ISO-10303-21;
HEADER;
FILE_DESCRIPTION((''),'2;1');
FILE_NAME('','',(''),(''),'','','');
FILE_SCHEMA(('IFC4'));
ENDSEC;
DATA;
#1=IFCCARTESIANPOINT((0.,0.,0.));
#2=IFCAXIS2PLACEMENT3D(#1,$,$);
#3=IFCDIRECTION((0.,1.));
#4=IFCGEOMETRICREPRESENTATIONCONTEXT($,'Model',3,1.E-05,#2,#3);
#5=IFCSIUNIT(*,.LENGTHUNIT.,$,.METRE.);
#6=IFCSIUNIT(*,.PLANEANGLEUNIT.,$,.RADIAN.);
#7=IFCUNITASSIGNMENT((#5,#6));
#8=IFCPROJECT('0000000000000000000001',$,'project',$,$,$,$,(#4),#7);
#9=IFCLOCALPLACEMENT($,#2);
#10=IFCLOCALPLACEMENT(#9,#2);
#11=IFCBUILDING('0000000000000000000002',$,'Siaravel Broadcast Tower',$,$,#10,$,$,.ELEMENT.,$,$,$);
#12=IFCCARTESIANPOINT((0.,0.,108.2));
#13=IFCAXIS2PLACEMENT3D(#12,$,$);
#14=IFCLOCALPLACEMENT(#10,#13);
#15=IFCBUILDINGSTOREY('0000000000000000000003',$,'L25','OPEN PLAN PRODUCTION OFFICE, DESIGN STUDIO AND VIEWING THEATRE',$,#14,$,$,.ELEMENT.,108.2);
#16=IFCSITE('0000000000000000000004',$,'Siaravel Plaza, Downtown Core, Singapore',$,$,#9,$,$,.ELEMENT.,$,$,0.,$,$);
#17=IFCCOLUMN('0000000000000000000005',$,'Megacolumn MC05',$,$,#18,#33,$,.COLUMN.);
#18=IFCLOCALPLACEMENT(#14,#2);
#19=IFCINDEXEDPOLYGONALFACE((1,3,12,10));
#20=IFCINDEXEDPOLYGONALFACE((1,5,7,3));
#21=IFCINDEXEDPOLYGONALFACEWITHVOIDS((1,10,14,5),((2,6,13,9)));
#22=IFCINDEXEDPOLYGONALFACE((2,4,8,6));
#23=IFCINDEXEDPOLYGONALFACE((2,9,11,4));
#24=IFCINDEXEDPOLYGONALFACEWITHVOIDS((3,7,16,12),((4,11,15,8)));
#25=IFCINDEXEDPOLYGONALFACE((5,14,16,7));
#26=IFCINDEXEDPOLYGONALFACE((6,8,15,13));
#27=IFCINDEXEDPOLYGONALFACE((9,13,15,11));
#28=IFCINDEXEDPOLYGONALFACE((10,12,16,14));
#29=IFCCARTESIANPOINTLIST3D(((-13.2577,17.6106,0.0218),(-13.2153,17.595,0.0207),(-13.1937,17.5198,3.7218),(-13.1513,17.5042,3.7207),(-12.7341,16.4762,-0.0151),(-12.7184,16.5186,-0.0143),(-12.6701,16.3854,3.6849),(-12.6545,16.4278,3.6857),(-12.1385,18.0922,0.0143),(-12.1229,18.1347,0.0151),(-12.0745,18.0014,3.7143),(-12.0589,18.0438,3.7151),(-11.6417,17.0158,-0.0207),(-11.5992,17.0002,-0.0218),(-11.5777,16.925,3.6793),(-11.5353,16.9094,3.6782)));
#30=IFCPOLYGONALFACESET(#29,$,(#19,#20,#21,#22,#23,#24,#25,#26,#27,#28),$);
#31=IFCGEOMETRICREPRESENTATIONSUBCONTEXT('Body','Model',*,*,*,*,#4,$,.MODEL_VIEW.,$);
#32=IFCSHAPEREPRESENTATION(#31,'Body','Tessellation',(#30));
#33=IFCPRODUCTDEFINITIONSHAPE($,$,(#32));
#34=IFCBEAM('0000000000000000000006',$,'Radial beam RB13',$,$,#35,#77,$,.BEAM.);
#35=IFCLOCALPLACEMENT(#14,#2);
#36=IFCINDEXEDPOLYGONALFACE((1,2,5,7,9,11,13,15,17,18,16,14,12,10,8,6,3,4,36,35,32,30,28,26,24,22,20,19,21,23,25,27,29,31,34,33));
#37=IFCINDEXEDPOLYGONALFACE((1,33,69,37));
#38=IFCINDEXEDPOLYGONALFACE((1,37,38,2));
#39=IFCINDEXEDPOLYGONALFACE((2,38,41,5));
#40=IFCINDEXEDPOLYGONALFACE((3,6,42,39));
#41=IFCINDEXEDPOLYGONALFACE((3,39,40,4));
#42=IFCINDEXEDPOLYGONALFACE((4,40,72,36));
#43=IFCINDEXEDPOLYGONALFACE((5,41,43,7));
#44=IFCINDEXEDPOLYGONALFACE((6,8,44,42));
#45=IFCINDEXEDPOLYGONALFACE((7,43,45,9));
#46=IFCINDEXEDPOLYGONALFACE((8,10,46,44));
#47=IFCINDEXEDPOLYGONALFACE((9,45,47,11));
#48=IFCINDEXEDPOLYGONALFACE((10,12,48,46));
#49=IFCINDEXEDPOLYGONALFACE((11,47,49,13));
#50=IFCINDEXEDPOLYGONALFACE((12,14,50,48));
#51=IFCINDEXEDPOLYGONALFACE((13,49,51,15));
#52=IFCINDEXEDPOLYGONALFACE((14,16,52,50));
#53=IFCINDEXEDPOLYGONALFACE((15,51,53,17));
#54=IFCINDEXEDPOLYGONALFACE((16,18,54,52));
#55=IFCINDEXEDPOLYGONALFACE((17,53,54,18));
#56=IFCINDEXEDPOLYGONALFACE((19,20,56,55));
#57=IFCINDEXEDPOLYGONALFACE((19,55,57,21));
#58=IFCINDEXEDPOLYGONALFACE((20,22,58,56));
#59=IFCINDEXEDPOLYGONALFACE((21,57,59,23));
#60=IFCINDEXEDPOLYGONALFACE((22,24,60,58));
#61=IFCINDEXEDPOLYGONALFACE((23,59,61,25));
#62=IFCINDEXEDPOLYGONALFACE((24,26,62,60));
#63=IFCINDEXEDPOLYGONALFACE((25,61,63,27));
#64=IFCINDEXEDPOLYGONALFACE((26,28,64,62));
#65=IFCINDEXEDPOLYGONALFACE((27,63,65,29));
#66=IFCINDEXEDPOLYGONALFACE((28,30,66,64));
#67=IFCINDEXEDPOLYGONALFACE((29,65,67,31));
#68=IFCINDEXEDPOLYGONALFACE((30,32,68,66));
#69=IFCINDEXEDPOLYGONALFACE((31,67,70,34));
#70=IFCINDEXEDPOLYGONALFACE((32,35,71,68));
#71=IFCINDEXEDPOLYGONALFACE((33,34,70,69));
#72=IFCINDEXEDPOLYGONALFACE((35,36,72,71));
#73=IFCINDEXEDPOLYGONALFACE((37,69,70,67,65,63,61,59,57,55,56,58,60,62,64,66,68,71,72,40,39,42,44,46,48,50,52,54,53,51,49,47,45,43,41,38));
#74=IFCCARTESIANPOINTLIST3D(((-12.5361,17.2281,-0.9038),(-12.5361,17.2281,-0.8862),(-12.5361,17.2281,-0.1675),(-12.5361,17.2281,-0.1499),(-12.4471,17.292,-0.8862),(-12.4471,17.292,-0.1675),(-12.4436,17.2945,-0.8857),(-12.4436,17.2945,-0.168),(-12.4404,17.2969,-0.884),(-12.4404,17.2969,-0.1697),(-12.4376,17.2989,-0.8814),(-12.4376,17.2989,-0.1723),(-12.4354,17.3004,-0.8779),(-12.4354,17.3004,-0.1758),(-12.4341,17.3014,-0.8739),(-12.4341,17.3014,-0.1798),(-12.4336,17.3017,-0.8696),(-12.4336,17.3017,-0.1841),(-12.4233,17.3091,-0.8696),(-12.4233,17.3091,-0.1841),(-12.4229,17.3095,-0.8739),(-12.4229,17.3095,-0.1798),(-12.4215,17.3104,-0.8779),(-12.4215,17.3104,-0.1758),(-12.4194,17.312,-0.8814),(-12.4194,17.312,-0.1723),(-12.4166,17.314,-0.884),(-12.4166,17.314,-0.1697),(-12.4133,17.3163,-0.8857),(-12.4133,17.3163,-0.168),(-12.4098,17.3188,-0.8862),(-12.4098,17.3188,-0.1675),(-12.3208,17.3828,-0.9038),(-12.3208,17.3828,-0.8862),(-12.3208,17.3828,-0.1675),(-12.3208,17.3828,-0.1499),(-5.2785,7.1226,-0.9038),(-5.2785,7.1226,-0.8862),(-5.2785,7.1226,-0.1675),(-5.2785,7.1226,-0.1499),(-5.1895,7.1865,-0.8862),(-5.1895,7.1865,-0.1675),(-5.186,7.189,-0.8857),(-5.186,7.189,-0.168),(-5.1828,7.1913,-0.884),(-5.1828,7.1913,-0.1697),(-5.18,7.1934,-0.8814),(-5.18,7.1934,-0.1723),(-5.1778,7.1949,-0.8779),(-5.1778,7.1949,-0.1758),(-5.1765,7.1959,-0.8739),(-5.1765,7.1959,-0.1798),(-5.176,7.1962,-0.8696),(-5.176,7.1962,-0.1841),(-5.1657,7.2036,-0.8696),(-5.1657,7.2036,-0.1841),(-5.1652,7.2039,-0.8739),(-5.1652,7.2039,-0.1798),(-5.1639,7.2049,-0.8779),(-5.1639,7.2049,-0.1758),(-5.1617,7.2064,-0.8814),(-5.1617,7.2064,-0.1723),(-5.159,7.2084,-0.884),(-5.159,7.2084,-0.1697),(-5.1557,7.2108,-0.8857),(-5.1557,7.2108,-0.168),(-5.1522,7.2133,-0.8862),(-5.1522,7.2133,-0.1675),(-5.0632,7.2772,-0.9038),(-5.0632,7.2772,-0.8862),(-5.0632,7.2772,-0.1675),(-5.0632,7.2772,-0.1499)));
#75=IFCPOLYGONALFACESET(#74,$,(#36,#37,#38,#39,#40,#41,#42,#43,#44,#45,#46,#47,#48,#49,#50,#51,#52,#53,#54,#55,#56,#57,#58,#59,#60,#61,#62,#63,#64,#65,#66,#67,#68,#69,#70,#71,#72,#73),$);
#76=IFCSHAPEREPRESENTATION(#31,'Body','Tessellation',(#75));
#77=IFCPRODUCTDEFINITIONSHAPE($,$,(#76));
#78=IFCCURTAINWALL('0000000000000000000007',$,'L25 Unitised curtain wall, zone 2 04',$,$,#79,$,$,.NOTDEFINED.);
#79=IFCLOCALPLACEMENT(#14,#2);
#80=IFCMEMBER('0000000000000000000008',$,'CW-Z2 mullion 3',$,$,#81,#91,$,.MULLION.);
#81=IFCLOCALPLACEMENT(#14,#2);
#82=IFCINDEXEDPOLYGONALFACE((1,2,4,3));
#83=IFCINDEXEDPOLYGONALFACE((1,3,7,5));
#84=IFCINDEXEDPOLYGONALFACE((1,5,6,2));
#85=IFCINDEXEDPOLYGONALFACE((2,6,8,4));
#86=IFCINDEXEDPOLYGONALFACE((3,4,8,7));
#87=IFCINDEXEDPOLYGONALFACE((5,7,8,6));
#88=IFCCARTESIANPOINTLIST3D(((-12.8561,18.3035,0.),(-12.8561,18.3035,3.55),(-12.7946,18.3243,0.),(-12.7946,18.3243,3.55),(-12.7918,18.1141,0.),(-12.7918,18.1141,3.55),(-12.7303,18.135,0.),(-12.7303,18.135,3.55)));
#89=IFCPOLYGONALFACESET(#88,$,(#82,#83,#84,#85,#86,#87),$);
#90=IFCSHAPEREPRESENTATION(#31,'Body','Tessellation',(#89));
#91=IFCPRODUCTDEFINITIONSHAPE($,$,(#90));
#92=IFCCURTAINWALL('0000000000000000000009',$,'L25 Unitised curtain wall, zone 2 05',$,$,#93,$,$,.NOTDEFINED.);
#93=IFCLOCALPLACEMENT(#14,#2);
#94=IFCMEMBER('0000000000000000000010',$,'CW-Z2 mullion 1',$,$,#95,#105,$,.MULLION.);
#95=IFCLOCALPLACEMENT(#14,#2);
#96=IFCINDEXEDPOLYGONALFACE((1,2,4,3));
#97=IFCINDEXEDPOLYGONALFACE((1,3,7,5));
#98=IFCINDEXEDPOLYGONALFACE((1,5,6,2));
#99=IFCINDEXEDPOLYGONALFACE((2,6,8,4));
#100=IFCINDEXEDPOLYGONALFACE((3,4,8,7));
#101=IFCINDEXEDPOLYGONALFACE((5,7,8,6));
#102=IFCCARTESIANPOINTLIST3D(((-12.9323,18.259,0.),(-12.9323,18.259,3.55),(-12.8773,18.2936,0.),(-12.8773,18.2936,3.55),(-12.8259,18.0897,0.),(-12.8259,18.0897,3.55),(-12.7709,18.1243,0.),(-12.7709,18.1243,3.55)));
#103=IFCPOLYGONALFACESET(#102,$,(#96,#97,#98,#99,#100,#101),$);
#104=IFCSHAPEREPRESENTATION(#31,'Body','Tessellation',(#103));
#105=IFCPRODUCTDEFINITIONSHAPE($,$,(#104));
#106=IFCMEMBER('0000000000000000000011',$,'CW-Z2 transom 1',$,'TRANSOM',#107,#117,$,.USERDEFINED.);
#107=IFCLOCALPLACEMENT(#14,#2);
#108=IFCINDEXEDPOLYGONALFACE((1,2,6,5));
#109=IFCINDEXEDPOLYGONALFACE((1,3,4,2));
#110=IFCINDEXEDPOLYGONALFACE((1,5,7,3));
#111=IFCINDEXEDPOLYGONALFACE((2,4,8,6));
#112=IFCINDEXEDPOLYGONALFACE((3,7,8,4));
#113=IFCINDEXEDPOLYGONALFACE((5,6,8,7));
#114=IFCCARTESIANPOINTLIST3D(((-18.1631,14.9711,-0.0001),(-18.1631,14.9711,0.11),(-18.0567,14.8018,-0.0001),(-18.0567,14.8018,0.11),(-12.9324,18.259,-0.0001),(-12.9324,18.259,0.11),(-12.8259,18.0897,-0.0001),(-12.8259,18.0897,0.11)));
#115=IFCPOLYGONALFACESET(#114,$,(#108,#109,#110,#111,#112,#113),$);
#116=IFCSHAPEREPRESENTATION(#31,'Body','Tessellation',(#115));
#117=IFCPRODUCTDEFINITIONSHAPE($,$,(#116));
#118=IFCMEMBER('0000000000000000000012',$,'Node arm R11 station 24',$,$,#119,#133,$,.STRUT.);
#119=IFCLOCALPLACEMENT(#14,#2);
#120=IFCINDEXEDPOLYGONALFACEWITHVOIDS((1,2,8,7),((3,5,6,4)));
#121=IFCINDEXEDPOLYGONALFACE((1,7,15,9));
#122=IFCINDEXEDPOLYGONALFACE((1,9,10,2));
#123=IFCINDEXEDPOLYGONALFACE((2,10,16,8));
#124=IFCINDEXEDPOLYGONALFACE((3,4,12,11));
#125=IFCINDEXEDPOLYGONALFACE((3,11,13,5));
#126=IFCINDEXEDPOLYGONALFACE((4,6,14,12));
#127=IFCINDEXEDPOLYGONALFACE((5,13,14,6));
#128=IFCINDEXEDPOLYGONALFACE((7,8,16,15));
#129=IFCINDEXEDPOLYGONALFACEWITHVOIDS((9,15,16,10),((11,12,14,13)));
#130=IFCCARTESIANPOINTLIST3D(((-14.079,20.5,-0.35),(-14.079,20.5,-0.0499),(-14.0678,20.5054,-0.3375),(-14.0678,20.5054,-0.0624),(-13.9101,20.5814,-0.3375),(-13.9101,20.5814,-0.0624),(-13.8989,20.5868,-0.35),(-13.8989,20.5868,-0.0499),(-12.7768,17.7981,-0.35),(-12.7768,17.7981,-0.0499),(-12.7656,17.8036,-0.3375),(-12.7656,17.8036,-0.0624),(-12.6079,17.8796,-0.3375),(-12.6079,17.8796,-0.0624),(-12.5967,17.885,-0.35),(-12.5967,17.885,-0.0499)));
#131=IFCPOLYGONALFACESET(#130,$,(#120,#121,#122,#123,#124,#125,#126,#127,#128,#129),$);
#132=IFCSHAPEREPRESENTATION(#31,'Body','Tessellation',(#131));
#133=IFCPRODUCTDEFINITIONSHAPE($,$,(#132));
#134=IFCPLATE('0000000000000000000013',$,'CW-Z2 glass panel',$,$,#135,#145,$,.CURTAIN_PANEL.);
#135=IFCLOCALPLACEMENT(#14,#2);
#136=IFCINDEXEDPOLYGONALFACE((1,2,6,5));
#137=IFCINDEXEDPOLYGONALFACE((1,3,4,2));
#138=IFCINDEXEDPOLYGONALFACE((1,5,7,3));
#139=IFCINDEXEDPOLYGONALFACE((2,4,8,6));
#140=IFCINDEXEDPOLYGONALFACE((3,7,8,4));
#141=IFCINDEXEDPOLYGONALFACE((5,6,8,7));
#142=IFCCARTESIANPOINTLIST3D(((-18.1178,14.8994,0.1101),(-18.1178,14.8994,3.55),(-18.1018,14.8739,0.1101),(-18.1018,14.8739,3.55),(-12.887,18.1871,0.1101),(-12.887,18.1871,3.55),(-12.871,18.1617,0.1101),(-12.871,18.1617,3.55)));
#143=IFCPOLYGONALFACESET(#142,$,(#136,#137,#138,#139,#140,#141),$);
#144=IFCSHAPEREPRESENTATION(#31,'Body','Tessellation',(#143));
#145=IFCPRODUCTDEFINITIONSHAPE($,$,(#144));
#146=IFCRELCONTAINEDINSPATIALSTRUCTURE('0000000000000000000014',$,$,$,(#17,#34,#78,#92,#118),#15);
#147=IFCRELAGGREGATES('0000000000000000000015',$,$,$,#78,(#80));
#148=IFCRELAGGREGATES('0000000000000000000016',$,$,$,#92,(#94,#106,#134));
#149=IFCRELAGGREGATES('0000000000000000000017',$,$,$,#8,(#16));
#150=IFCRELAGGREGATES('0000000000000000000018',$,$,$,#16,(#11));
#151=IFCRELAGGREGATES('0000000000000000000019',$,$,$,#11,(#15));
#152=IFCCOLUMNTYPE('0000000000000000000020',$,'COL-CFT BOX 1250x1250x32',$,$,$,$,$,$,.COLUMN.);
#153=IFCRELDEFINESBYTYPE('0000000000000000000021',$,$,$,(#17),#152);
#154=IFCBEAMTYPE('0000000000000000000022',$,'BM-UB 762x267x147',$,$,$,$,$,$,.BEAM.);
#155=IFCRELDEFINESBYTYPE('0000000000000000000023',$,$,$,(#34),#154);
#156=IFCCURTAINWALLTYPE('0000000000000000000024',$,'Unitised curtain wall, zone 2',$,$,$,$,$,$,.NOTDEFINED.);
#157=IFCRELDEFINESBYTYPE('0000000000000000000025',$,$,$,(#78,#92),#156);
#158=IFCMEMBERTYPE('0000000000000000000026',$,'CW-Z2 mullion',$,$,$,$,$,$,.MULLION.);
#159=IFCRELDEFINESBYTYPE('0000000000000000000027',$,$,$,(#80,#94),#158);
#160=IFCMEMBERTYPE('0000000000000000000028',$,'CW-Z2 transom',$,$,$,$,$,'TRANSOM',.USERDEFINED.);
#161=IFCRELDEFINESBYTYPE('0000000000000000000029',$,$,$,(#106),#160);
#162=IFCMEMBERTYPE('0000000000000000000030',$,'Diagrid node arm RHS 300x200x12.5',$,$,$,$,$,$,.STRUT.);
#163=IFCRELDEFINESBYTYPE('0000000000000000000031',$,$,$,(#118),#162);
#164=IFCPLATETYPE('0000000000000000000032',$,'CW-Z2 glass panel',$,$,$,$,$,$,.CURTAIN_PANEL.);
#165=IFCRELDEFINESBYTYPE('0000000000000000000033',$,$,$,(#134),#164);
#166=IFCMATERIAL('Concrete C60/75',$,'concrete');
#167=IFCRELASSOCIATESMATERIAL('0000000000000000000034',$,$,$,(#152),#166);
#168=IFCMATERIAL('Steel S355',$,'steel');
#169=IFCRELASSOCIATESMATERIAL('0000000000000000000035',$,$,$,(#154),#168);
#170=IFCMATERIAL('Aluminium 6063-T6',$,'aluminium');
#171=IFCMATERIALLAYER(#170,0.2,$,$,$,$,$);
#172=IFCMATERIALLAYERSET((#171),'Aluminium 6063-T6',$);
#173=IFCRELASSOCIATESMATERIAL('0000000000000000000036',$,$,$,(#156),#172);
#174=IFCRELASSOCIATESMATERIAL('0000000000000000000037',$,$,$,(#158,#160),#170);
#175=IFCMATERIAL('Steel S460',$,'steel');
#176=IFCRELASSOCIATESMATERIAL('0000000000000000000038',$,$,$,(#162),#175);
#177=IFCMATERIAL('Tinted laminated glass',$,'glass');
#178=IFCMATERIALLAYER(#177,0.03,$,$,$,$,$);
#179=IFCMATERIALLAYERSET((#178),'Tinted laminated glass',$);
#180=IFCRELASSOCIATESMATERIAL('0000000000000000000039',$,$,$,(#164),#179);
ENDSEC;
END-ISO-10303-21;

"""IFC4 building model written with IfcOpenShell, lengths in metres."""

from ifc_helpers import new_model, si_unit, direction, frame, origin, origin_2d, place, context, subcontext, project, spatial, rectangle, hollow_rectangle, i_section, extrude, material, layer, layer_set, material_profile, profile_set, type_object, element, aggregate, save


model = new_model("IFC4")

# Units and contexts
model_context = context("Model", 3, precision=1e-05, world=origin(), true_north=direction((0.0, 1.0)))
body_context = subcontext(model_context, "Body", "Model", "MODEL_VIEW")
ifc_project = project(units=[si_unit("LENGTHUNIT", "METRE"), si_unit("PLANEANGLEUNIT", "RADIAN")], contexts=[model_context])

# Site, building, storey
site_placement = place(None, origin())
site = spatial("IfcSite", under=ifc_project, at=site_placement, Name="Siaravel Plaza, Downtown Core, Singapore", CompositionType="ELEMENT", RefElevation=0.0)
building_placement = place(site_placement, origin())
building = spatial("IfcBuilding", under=site, at=building_placement, Name="Siaravel Broadcast Tower", CompositionType="ELEMENT")
storey_placement = place(building_placement, frame((0.0, 0.0, 108.2)))
storey = spatial("IfcBuildingStorey", under=building, at=storey_placement, Name="L25", Description="OPEN PLAN PRODUCTION OFFICE, DESIGN STUDIO AND VIEWING THEATRE", CompositionType="ELEMENT", Elevation=108.2)

# Column
ifc_material_1 = material(Name="Concrete C60/75", Category="concrete")
ifc_material_profile_1 = material_profile(ifc_material_1, hollow_rectangle(XDim=1.25, YDim=1.25, WallThickness=0.032, at=origin_2d()))
ifc_profile_set_1 = profile_set([ifc_material_profile_1], Name="Concrete C60/75")
column_type = type_object("IfcColumnType", Name="COL-CFT BOX 1250x1250x32", PredefinedType="COLUMN", material=ifc_profile_set_1)
column_placement = place(storey_placement, frame((-12.4285, 17.3054, 0.0), z_axis=(0.01728, -0.024535, 0.99955), x_axis=(0.907862, 0.419234, -0.005404)))
element("IfcColumn", 1, at=column_placement, inside=storey, type_object=column_type, Name="Megacolumn MC05", PredefinedType="COLUMN", context=body_context, shape_type="SweptSolid", body=[
    extrude(hollow_rectangle(XDim=1.25, YDim=1.25, WallThickness=0.032, at=origin_2d()), origin(), (0.0, 0.0, 1.0), 3.7017),
])

# Beam
ifc_material_2 = material(Name="Steel S355", Category="steel")
ifc_material_profile_2 = material_profile(ifc_material_2, i_section(OverallWidth=0.2651, OverallDepth=0.7539, WebThickness=0.0127, FlangeThickness=0.0176, FilletRadius=0.0166, at=origin_2d()))
ifc_profile_set_2 = profile_set([ifc_material_profile_2], Name="Steel S355")
beam_type = type_object("IfcBeamType", Name="BM-UB 762x267x147", PredefinedType="BEAM", material=ifc_profile_set_2)
beam_placement = place(storey_placement, frame((-12.4285, 17.3054, -0.5269), z_axis=(0.583332, -0.812234, 0.0), x_axis=(0.812234, 0.583332, 0.0)))
element("IfcBeam", 2, at=beam_placement, inside=storey, type_object=beam_type, Name="Radial beam RB13", PredefinedType="BEAM", context=body_context, shape_type="SweptSolid", body=[
    extrude(i_section(OverallWidth=0.2651, OverallDepth=0.7539, WebThickness=0.0127, FlangeThickness=0.0176, FilletRadius=0.0166, at=origin_2d()), origin(), (0.0, 0.0, 1.0), 12.4417),
])

# Curtain wall, member
ifc_material_3 = material(Name="Aluminium 6063-T6", Category="aluminium")
ifc_layer_1 = layer(ifc_material_3, 0.2)
ifc_layer_set_1 = layer_set([ifc_layer_1], Name="Aluminium 6063-T6")
curtain_wall_type = type_object("IfcCurtainWallType", Name="Unitised curtain wall, zone 2", PredefinedType="NOTDEFINED", material=ifc_layer_set_1)
curtain_wall_1_placement = place(storey_placement, origin())
curtain_wall_1 = element("IfcCurtainWall", 3, at=curtain_wall_1_placement, inside=storey, type_object=curtain_wall_type, Name="L25 Unitised curtain wall, zone 2 04", PredefinedType="NOTDEFINED")
ifc_material_profile_3 = material_profile(ifc_material_3, rectangle(XDim=0.2, YDim=0.0649, at=origin_2d()))
ifc_profile_set_3 = profile_set([ifc_material_profile_3], Name="Aluminium 6063-T6")
member_type_1 = type_object("IfcMemberType", Name="CW-Z2 mullion", PredefinedType="MULLION", material=ifc_profile_set_3)
member_1_placement = place(storey_placement, frame((-12.7932, 18.2192, 0.0), z_axis=(0.0, 0.0, 1.0), x_axis=(0.321301, -0.946977, 0.0)))
member_1 = element("IfcMember", 4, at=member_1_placement, type_object=member_type_1, Name="CW-Z2 mullion 3", PredefinedType="MULLION", context=body_context, shape_type="SweptSolid", body=[
    extrude(rectangle(XDim=0.2, YDim=0.0649, at=origin_2d()), origin(), (0.0, 0.0, 1.0), 3.55),
])
aggregate(curtain_wall_1, [member_1])

# Curtain wall, members
curtain_wall_2_placement = place(storey_placement, origin())
curtain_wall_2 = element("IfcCurtainWall", 5, at=curtain_wall_2_placement, inside=storey, type_object=curtain_wall_type, Name="L25 Unitised curtain wall, zone 2 05", PredefinedType="NOTDEFINED")
member_2_placement = place(storey_placement, frame((-12.8516, 18.1917, 0.0), z_axis=(0.0, 0.0, 1.0), x_axis=(0.532149, -0.846651, 0.0)))
member_2 = element("IfcMember", 6, at=member_2_placement, type_object=member_type_1, Name="CW-Z2 mullion 1", PredefinedType="MULLION", context=body_context, shape_type="SweptSolid", body=[
    extrude(rectangle(XDim=0.2, YDim=0.0649, at=origin_2d()), origin(), (0.0, 0.0, 1.0), 3.55),
])
ifc_material_profile_4 = material_profile(ifc_material_3, rectangle(XDim=0.2, YDim=0.1101, at=origin_2d()))
ifc_profile_set_4 = profile_set([ifc_material_profile_4], Name="Aluminium 6063-T6")
member_type_2 = type_object("IfcMemberType", Name="CW-Z2 transom", ElementType="TRANSOM", PredefinedType="USERDEFINED", material=ifc_profile_set_4)
member_3_placement = place(storey_placement, frame((-12.8792, 18.1743, 0.0549), z_axis=(-0.846639, -0.532167, 0.0), x_axis=(0.532167, -0.846639, 0.0)))
member_3 = element("IfcMember", 7, at=member_3_placement, type_object=member_type_2, Name="CW-Z2 transom 1", ObjectType="TRANSOM", PredefinedType="USERDEFINED", context=body_context, shape_type="SweptSolid", body=[
    extrude(rectangle(XDim=0.2, YDim=0.1101, at=origin_2d()), origin(), (0.0, 0.0, 1.0), 6.1782),
])

# Member
ifc_material_4 = material(Name="Steel S460", Category="steel")
ifc_material_profile_5 = material_profile(ifc_material_4, hollow_rectangle(XDim=0.2, YDim=0.3, WallThickness=0.0125, at=origin_2d()))
ifc_profile_set_5 = profile_set([ifc_material_profile_5], Name="Steel S460")
member_type_3 = type_object("IfcMemberType", Name="Diagrid node arm RHS 300x200x12.5", PredefinedType="STRUT", material=ifc_profile_set_5)
member_4_placement = place(storey_placement, frame((-12.6868, 17.8416, -0.2), z_axis=(-0.434175, 0.900828, 0.0), x_axis=(-0.900828, -0.434175, 0.0)))
element("IfcMember", 8, at=member_4_placement, inside=storey, type_object=member_type_3, Name="Node arm R11 station 24", PredefinedType="STRUT", context=body_context, shape_type="SweptSolid", body=[
    extrude(hollow_rectangle(XDim=0.2, YDim=0.3, WallThickness=0.0125, at=origin_2d()), origin(), (0.0, 0.0, 1.0), 2.9993),
])

# Plate
ifc_material_5 = material(Name="Tinted laminated glass", Category="glass")
ifc_layer_2 = layer(ifc_material_5, 0.03)
ifc_layer_set_2 = layer_set([ifc_layer_2], Name="Tinted laminated glass")
plate_type = type_object("IfcPlateType", Name="CW-Z2 glass panel", PredefinedType="CURTAIN_PANEL", material=ifc_layer_set_2)
plate_placement = place(storey_placement, frame((-15.4944, 16.5305, 0.1101), z_axis=(0.0, 0.0, 1.0), x_axis=(-0.846651, -0.532149, 0.0)))
plate = element("IfcPlate", 9, at=plate_placement, type_object=plate_type, Name="CW-Z2 glass panel", PredefinedType="CURTAIN_PANEL", context=body_context, shape_type="SweptSolid", body=[
    extrude(rectangle(XDim=6.1782, YDim=0.03, at=origin_2d()), origin(), (0.0, 0.0, 1.0), 3.4399),
])
aggregate(curtain_wall_2, [member_2, member_3, plate])

save(model, "model.ifc")
